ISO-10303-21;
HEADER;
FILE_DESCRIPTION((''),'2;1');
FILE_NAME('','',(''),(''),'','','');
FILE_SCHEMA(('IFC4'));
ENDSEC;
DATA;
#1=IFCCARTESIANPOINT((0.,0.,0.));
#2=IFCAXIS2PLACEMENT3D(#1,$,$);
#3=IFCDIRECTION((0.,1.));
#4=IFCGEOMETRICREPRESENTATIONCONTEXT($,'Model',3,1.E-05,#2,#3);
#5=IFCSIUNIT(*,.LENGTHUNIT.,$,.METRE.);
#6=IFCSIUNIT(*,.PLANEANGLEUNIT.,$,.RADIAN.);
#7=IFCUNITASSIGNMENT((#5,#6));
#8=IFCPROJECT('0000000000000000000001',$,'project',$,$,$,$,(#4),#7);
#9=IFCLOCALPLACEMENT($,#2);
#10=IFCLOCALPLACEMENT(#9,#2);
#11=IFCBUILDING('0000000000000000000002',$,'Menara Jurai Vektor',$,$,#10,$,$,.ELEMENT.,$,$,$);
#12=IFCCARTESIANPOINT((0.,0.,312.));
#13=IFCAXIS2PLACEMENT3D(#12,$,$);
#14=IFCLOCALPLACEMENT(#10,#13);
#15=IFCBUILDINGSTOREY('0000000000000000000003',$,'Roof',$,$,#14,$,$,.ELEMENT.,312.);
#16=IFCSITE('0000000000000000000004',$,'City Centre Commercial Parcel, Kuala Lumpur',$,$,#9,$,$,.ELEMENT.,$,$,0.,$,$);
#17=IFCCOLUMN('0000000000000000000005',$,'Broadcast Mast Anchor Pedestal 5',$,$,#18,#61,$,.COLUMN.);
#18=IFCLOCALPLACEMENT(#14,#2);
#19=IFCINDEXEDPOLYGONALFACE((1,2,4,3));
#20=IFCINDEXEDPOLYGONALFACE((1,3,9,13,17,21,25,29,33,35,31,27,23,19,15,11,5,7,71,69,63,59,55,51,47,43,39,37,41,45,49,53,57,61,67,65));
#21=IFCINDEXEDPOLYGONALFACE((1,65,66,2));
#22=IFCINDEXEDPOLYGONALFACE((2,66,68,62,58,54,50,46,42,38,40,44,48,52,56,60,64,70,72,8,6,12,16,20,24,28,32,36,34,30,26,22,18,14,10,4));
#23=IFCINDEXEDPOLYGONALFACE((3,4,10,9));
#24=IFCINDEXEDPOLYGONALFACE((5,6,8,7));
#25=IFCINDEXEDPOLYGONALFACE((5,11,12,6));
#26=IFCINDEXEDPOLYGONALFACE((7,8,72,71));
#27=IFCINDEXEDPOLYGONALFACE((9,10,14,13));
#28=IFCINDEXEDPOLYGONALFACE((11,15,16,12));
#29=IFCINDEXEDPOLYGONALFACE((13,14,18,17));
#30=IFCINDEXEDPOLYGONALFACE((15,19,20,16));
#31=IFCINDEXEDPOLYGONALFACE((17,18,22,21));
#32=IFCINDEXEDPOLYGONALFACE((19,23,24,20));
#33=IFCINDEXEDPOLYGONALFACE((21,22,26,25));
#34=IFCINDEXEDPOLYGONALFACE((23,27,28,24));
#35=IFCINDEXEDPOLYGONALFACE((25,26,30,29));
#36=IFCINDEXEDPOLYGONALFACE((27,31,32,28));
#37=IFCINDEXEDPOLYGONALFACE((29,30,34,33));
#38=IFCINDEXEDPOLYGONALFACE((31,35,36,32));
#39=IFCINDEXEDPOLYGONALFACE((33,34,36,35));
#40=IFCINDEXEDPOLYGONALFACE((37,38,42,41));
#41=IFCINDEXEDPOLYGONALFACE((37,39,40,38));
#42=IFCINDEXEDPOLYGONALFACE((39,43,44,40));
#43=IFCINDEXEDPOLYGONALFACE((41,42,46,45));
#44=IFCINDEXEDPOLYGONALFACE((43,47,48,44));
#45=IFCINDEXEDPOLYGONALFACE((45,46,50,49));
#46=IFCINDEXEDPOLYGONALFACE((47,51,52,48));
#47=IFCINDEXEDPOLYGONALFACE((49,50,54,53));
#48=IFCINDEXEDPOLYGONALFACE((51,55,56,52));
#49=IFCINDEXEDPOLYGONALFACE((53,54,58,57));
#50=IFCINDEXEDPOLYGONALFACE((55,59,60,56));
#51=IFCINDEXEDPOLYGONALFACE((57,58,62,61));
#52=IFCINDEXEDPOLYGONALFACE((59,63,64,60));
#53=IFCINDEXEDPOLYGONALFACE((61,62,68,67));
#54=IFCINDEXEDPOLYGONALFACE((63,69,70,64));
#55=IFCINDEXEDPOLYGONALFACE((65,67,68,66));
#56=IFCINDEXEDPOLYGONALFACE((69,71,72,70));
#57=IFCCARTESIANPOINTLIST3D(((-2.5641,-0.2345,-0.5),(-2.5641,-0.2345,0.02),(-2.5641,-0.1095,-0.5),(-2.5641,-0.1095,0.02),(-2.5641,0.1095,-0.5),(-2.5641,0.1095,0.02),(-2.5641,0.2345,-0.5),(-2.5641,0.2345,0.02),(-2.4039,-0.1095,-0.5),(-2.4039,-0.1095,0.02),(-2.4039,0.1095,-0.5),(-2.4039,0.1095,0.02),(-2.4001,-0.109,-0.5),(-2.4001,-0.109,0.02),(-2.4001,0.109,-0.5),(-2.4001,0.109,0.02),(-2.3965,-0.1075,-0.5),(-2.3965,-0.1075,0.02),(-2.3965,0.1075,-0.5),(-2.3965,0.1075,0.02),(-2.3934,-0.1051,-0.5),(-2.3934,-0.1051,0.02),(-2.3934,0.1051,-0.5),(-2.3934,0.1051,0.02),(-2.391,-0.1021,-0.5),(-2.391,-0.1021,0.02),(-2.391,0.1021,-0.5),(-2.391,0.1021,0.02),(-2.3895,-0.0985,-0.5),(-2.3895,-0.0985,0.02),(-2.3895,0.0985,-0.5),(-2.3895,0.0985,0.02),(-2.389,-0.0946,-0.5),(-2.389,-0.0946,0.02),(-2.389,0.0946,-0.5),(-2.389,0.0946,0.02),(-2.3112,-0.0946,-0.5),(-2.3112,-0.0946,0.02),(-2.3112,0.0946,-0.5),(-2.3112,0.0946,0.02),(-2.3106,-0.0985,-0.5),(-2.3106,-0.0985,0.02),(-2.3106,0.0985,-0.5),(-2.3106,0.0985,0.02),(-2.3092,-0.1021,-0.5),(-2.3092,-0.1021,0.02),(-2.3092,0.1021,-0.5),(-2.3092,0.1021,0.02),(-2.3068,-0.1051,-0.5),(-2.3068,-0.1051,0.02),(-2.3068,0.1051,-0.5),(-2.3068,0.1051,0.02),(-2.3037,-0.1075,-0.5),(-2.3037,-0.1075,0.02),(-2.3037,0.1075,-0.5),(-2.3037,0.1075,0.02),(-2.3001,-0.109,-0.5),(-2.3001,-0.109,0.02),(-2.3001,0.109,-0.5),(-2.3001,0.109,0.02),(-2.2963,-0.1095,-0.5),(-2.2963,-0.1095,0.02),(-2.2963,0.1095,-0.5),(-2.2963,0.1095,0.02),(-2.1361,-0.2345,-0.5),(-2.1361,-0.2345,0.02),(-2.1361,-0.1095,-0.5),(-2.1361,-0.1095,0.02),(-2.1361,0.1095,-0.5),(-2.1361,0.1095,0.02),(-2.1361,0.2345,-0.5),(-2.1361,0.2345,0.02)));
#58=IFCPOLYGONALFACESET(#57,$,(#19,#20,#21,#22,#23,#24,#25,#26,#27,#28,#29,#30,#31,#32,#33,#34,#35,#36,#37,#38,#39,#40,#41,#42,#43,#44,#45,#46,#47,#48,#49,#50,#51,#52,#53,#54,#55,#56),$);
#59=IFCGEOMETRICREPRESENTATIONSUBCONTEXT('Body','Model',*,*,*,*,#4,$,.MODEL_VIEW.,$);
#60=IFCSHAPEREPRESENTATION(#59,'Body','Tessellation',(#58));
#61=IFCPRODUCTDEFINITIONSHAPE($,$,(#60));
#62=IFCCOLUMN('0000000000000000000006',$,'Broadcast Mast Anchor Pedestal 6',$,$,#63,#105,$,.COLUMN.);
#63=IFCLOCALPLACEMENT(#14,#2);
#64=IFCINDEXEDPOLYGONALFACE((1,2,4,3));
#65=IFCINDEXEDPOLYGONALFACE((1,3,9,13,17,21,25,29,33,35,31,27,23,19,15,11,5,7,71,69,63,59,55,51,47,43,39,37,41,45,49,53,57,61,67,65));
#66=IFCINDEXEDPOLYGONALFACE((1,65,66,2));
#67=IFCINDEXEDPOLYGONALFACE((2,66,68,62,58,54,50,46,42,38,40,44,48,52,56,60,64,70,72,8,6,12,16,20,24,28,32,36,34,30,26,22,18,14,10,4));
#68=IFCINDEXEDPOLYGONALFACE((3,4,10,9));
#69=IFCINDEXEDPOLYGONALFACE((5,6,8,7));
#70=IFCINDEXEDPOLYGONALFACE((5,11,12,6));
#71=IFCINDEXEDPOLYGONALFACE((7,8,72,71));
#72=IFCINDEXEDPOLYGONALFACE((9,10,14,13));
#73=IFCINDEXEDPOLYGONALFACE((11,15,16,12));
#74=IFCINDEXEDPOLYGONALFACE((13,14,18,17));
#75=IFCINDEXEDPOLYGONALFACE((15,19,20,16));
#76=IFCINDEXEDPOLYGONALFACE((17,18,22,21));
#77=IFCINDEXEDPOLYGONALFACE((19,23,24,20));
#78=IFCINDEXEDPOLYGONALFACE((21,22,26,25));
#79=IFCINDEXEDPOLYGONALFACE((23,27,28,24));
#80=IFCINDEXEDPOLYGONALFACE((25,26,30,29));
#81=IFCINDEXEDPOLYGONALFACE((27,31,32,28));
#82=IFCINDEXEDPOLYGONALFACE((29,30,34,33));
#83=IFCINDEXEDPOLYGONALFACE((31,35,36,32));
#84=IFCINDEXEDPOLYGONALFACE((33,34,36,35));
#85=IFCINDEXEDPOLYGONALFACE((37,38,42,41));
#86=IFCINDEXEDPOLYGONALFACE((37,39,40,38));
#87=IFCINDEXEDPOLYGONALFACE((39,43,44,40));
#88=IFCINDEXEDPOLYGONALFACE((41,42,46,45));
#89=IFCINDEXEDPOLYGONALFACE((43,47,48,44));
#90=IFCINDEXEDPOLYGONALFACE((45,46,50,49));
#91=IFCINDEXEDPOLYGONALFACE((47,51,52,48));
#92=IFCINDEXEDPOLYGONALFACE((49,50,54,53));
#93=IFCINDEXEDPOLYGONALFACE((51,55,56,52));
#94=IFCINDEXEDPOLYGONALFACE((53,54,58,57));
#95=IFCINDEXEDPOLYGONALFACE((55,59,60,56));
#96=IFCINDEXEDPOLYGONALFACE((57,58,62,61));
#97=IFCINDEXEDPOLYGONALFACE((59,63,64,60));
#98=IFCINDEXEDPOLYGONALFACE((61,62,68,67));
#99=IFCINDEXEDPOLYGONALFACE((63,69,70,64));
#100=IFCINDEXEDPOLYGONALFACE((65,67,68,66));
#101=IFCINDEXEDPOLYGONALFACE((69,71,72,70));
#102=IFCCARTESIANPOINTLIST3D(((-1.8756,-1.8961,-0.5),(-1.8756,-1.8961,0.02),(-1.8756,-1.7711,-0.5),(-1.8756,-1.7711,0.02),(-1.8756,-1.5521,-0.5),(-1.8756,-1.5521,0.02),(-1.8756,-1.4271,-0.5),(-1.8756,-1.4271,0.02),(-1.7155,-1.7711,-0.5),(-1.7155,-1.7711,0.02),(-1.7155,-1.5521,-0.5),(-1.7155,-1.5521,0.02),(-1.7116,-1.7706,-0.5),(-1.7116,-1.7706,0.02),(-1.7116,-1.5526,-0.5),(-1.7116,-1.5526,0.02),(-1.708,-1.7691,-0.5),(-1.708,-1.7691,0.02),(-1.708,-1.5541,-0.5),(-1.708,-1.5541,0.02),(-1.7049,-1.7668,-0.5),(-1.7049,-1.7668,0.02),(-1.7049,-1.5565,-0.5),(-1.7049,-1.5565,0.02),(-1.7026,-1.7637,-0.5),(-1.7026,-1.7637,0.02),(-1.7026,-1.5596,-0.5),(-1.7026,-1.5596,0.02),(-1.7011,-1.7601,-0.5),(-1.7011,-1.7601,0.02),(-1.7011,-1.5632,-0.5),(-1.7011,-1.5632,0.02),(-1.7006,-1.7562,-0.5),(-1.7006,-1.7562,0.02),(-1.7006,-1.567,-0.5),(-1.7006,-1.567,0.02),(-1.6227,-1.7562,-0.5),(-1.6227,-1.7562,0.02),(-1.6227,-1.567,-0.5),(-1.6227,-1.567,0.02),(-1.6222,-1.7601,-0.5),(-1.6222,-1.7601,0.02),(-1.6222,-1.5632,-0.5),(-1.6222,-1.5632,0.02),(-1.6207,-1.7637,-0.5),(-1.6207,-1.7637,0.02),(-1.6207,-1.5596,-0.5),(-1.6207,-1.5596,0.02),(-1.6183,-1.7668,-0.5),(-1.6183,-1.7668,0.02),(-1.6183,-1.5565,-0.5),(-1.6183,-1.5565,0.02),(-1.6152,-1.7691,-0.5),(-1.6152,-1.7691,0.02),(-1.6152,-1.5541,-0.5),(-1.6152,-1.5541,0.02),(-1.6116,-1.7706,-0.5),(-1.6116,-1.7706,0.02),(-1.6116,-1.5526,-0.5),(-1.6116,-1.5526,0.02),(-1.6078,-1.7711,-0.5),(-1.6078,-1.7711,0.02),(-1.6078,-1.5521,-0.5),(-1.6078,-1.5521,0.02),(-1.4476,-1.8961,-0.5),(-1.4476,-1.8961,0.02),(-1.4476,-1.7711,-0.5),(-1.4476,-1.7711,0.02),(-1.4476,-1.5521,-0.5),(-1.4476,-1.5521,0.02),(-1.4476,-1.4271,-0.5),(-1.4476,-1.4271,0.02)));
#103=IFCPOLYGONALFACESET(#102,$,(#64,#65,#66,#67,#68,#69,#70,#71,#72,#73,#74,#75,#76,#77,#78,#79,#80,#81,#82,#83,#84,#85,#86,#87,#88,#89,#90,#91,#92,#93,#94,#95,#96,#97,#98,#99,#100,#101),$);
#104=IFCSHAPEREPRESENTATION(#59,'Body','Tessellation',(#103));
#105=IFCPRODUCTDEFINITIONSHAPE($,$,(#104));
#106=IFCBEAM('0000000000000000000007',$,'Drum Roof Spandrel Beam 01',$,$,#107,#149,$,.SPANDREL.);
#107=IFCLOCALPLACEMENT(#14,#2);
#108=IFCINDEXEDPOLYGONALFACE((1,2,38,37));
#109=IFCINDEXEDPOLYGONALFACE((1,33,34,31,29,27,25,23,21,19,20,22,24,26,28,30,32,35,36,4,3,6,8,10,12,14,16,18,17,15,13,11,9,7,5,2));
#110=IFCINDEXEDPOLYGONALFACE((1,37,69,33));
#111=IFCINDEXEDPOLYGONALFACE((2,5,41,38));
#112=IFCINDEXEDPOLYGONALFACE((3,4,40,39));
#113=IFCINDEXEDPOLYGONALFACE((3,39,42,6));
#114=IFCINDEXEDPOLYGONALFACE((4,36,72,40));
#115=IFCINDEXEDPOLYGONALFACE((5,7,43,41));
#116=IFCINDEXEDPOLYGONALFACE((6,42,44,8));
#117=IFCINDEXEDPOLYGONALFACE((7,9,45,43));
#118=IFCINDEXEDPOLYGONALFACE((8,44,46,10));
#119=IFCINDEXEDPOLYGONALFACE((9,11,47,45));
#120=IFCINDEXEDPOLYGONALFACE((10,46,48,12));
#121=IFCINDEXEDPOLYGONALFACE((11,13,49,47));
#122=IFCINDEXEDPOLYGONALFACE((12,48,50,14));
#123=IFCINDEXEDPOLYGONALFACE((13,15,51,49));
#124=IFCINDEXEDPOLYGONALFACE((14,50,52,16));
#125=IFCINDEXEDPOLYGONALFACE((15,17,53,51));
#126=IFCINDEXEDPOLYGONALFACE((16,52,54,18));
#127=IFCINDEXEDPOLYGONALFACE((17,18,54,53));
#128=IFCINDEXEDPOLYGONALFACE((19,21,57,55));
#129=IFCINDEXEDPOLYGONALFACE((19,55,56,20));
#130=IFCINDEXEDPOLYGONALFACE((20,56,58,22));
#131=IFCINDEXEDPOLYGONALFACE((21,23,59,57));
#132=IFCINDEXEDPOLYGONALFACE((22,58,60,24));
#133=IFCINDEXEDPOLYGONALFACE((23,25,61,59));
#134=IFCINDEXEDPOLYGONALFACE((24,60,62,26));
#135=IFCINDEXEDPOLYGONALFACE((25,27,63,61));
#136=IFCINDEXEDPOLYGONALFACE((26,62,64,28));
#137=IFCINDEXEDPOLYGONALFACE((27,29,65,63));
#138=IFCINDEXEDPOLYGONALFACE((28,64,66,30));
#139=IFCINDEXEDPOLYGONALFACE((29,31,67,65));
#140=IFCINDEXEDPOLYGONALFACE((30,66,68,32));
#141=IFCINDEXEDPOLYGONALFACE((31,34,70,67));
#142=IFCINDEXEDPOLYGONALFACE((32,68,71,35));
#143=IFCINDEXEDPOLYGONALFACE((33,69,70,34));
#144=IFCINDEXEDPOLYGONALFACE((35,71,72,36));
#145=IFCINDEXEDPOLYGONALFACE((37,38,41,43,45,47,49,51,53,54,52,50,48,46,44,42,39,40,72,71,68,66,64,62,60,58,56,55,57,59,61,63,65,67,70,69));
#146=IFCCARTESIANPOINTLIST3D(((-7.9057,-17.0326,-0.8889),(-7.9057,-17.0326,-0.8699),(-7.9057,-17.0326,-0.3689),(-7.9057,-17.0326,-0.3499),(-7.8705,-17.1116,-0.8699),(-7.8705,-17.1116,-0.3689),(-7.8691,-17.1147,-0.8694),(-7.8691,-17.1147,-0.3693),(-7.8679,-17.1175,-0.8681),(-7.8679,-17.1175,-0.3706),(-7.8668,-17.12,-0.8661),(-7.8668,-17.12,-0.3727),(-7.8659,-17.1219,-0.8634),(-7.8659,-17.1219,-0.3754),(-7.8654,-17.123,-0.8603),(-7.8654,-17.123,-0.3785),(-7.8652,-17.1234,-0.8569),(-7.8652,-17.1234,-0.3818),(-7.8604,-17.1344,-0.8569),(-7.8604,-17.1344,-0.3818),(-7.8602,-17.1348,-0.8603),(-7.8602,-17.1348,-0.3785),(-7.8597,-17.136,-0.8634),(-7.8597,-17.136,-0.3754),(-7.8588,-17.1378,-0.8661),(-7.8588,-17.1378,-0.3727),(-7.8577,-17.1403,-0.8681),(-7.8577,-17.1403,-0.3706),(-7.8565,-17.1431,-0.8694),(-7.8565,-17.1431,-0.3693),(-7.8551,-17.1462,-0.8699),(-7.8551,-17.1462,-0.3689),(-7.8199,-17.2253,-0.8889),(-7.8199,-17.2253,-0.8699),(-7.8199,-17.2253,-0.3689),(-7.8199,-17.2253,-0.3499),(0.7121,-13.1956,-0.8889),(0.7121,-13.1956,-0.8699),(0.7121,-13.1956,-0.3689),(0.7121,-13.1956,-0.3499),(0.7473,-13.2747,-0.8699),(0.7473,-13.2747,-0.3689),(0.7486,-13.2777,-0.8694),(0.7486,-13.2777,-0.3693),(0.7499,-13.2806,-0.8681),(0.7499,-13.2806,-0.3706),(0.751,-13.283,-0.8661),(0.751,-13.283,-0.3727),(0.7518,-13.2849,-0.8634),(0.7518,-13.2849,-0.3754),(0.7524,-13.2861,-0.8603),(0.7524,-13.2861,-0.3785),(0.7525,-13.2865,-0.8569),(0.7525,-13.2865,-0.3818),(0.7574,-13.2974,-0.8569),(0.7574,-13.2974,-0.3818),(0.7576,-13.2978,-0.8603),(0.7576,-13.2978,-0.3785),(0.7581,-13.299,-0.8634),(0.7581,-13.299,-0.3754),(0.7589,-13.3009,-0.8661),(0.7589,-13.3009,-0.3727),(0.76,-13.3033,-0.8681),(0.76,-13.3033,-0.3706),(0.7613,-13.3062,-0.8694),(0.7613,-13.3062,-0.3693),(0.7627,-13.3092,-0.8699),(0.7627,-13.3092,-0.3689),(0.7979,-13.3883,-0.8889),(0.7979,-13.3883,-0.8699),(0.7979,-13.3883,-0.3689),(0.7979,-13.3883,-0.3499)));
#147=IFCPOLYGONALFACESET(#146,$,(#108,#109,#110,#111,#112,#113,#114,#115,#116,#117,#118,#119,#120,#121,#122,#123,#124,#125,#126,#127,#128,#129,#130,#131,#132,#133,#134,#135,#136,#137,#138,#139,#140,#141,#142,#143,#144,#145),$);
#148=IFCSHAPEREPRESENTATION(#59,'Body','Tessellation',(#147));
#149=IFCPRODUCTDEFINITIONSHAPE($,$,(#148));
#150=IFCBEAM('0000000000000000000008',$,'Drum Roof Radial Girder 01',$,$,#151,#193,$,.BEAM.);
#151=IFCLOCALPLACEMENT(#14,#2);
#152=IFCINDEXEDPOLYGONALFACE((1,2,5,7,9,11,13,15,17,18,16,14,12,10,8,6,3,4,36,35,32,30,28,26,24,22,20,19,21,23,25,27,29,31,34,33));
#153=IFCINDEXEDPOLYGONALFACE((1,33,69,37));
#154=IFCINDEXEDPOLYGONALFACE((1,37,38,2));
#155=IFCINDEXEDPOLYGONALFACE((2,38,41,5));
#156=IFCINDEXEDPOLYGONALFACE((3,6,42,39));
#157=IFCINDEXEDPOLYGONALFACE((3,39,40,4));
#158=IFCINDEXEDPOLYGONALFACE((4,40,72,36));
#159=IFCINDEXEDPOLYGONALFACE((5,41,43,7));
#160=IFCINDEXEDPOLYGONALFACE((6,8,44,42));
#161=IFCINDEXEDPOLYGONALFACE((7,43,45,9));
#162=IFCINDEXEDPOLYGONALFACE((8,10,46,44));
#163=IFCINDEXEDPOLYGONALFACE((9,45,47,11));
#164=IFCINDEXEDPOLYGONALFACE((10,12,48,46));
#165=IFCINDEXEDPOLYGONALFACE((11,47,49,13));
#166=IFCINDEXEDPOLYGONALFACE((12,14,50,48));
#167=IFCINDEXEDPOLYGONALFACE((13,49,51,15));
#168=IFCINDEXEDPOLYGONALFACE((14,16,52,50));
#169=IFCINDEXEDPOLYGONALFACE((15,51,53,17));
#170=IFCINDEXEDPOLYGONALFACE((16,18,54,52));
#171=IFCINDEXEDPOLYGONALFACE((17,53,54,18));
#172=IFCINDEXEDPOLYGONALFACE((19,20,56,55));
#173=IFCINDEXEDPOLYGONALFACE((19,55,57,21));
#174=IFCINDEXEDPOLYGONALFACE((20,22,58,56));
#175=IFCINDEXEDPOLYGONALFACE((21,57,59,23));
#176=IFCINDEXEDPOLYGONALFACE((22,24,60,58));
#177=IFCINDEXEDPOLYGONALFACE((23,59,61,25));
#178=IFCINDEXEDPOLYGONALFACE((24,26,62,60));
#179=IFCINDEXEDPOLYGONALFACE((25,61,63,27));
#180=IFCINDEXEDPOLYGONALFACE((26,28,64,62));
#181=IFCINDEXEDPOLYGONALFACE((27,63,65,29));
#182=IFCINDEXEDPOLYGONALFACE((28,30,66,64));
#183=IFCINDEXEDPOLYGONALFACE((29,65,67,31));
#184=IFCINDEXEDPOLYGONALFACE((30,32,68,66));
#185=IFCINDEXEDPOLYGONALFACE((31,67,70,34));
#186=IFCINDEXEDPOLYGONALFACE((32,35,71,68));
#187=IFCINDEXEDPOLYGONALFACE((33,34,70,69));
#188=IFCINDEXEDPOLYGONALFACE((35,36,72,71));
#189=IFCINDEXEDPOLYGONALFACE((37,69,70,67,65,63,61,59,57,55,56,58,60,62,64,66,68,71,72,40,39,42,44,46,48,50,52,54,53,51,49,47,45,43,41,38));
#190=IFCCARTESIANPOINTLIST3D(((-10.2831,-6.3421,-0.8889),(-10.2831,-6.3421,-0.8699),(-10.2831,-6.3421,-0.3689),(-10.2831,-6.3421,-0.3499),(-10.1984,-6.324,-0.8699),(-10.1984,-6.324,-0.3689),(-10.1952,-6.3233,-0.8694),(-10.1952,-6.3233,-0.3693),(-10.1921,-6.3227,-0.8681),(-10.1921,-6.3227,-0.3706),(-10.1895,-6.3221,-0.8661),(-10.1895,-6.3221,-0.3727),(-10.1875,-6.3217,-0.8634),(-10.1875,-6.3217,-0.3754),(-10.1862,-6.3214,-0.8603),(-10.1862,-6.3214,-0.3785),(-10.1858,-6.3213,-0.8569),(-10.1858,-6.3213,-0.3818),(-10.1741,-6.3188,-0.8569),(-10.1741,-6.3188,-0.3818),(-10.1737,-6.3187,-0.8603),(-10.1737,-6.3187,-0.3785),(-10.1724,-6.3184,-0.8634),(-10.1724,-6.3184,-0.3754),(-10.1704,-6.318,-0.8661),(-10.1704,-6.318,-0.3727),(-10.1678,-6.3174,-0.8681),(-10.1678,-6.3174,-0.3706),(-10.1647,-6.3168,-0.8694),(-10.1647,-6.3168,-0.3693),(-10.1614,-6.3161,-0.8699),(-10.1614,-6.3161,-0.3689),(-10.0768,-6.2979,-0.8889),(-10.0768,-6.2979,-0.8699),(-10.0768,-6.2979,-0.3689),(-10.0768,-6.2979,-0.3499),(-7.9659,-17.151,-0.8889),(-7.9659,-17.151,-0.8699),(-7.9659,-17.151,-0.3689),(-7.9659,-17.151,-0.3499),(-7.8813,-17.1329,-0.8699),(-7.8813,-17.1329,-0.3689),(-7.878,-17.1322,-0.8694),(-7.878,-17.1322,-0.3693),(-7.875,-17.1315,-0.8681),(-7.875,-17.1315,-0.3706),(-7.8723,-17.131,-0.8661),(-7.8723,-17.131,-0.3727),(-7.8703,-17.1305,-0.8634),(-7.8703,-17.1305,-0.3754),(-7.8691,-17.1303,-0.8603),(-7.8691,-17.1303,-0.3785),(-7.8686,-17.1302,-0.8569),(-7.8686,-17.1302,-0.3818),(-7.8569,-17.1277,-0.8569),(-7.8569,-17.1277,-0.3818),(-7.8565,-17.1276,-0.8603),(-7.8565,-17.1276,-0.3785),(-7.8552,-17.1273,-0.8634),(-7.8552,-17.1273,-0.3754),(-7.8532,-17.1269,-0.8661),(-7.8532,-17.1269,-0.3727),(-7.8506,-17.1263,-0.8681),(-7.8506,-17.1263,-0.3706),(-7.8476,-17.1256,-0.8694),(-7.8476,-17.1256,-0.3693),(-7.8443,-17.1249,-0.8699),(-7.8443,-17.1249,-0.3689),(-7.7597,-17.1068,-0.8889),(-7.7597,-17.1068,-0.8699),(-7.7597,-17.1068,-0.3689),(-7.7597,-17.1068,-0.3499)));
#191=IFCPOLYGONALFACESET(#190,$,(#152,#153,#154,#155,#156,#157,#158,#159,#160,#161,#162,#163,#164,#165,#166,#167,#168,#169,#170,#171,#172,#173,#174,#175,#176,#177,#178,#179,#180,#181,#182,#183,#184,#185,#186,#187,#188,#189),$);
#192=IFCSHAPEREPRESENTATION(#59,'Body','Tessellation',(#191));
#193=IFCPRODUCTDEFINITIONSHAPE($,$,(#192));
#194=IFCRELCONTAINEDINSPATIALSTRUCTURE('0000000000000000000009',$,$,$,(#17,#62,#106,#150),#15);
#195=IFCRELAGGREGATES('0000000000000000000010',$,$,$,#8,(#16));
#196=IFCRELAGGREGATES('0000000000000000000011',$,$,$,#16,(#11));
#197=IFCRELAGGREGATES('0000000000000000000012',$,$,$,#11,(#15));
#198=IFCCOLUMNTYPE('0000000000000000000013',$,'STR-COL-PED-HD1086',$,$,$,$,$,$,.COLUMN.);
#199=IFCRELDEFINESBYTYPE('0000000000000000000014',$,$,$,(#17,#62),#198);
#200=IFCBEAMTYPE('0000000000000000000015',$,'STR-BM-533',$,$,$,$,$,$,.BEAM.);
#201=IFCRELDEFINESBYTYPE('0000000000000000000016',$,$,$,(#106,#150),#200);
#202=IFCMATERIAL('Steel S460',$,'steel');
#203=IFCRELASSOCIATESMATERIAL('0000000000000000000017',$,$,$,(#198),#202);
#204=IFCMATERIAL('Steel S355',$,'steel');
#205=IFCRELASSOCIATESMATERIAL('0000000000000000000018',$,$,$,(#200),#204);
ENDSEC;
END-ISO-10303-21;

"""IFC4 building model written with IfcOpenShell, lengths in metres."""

from ifc_helpers import new_model, si_unit, direction, frame, origin, origin_2d, place, context, subcontext, project, spatial, i_section, extrude, material, material_profile, profile_set, type_object, element, save


model = new_model("IFC4")

# Units and contexts
model_context = context("Model", 3, precision=1e-05, world=origin(), true_north=direction((0.0, 1.0)))
body_context = subcontext(model_context, "Body", "Model", "MODEL_VIEW")
ifc_project = project(units=[si_unit("LENGTHUNIT", "METRE"), si_unit("PLANEANGLEUNIT", "RADIAN")], contexts=[model_context])

# Site, building, storey
site_placement = place(None, origin())
site = spatial("IfcSite", under=ifc_project, at=site_placement, Name="City Centre Commercial Parcel, Kuala Lumpur", CompositionType="ELEMENT", RefElevation=0.0)
building_placement = place(site_placement, origin())
building = spatial("IfcBuilding", under=site, at=building_placement, Name="Menara Jurai Vektor", CompositionType="ELEMENT")
storey_placement = place(building_placement, frame((0.0, 0.0, 312.0)))
storey = spatial("IfcBuildingStorey", under=building, at=storey_placement, Name="Roof", CompositionType="ELEMENT", Elevation=312.0)

# Columns
ifc_material_1 = material(Name="Steel S460", Category="steel")
ifc_material_profile_1 = material_profile(ifc_material_1, i_section(OverallWidth=0.428, OverallDepth=0.469, WebThickness=0.0779, FlangeThickness=0.125, FilletRadius=0.0149, at=origin_2d()), Name="HD 400x1086")
ifc_profile_set_1 = profile_set([ifc_material_profile_1], Name="Steel S460")
column_type = type_object("IfcColumnType", Name="STR-COL-PED-HD1086", PredefinedType="COLUMN", material=ifc_profile_set_1)
for number, where, z_axis, x_axis, name in (
    (1, (-2.3501, 0.0, -0.5), (0.0, 0.0, 1.0), (1.0, 0.0, 0.0), "Broadcast Mast Anchor Pedestal 5"),
    (2, (-1.6616, -1.6616, -0.5), (0.0, 0.0, 1.0), (1.0, 0.0, 0.0), "Broadcast Mast Anchor Pedestal 6"),
):
    element("IfcColumn", number, at=place(storey_placement, frame(where, z_axis=z_axis, x_axis=x_axis)), inside=storey, type_object=column_type, Name=name, PredefinedType="COLUMN", context=body_context, shape_type="SweptSolid", body=[
        extrude(i_section(OverallWidth=0.428, OverallDepth=0.469, WebThickness=0.0779, FlangeThickness=0.125, FilletRadius=0.0149, at=origin_2d()), origin(), (0.0, 0.0, 1.0), 0.52),
    ])

# Beams
ifc_material_2 = material(Name="Steel S355", Category="steel")
ifc_material_profile_2 = material_profile(ifc_material_2, i_section(OverallWidth=0.2109, OverallDepth=0.5391, WebThickness=0.012, FlangeThickness=0.019, FilletRadius=0.0129, at=origin_2d()), Name="UKB 533x210x109")
ifc_profile_set_2 = profile_set([ifc_material_profile_2], Name="Steel S355")
beam_type_1 = type_object("IfcBeamType", Name="STR-BM-533", PredefinedType="BEAM", material=ifc_profile_set_2)
beam_1_placement = place(storey_placement, frame((-7.8628, -17.1289, -0.6194), z_axis=(0.913542, 0.406744, 0.0), x_axis=(-0.406744, 0.913542, 0.0)))
element("IfcBeam", 3, at=beam_1_placement, inside=storey, type_object=beam_type_1, Name="Drum Roof Spandrel Beam 01", PredefinedType="SPANDREL", context=body_context, shape_type="SweptSolid", body=[
    extrude(i_section(OverallWidth=0.2109, OverallDepth=0.5391, WebThickness=0.012, FlangeThickness=0.019, FilletRadius=0.0129, at=origin_2d()), origin(), (0.0, 0.0, 1.0), 9.4333),
])
beam_2_placement = place(storey_placement, frame((-7.8628, -17.1289, -0.6194), z_axis=(-0.209612, 0.977785, 0.0), x_axis=(-0.977785, -0.209612, 0.0)))
element("IfcBeam", 4, at=beam_2_placement, inside=storey, type_object=beam_type_1, Name="Drum Roof Radial Girder 01", PredefinedType="BEAM", context=body_context, shape_type="SweptSolid", body=[
    extrude(i_section(OverallWidth=0.2109, OverallDepth=0.5391, WebThickness=0.012, FlangeThickness=0.019, FilletRadius=0.0129, at=origin_2d()), origin(), (0.0, 0.0, 1.0), 11.0544),
])

save(model, "model.ifc")
